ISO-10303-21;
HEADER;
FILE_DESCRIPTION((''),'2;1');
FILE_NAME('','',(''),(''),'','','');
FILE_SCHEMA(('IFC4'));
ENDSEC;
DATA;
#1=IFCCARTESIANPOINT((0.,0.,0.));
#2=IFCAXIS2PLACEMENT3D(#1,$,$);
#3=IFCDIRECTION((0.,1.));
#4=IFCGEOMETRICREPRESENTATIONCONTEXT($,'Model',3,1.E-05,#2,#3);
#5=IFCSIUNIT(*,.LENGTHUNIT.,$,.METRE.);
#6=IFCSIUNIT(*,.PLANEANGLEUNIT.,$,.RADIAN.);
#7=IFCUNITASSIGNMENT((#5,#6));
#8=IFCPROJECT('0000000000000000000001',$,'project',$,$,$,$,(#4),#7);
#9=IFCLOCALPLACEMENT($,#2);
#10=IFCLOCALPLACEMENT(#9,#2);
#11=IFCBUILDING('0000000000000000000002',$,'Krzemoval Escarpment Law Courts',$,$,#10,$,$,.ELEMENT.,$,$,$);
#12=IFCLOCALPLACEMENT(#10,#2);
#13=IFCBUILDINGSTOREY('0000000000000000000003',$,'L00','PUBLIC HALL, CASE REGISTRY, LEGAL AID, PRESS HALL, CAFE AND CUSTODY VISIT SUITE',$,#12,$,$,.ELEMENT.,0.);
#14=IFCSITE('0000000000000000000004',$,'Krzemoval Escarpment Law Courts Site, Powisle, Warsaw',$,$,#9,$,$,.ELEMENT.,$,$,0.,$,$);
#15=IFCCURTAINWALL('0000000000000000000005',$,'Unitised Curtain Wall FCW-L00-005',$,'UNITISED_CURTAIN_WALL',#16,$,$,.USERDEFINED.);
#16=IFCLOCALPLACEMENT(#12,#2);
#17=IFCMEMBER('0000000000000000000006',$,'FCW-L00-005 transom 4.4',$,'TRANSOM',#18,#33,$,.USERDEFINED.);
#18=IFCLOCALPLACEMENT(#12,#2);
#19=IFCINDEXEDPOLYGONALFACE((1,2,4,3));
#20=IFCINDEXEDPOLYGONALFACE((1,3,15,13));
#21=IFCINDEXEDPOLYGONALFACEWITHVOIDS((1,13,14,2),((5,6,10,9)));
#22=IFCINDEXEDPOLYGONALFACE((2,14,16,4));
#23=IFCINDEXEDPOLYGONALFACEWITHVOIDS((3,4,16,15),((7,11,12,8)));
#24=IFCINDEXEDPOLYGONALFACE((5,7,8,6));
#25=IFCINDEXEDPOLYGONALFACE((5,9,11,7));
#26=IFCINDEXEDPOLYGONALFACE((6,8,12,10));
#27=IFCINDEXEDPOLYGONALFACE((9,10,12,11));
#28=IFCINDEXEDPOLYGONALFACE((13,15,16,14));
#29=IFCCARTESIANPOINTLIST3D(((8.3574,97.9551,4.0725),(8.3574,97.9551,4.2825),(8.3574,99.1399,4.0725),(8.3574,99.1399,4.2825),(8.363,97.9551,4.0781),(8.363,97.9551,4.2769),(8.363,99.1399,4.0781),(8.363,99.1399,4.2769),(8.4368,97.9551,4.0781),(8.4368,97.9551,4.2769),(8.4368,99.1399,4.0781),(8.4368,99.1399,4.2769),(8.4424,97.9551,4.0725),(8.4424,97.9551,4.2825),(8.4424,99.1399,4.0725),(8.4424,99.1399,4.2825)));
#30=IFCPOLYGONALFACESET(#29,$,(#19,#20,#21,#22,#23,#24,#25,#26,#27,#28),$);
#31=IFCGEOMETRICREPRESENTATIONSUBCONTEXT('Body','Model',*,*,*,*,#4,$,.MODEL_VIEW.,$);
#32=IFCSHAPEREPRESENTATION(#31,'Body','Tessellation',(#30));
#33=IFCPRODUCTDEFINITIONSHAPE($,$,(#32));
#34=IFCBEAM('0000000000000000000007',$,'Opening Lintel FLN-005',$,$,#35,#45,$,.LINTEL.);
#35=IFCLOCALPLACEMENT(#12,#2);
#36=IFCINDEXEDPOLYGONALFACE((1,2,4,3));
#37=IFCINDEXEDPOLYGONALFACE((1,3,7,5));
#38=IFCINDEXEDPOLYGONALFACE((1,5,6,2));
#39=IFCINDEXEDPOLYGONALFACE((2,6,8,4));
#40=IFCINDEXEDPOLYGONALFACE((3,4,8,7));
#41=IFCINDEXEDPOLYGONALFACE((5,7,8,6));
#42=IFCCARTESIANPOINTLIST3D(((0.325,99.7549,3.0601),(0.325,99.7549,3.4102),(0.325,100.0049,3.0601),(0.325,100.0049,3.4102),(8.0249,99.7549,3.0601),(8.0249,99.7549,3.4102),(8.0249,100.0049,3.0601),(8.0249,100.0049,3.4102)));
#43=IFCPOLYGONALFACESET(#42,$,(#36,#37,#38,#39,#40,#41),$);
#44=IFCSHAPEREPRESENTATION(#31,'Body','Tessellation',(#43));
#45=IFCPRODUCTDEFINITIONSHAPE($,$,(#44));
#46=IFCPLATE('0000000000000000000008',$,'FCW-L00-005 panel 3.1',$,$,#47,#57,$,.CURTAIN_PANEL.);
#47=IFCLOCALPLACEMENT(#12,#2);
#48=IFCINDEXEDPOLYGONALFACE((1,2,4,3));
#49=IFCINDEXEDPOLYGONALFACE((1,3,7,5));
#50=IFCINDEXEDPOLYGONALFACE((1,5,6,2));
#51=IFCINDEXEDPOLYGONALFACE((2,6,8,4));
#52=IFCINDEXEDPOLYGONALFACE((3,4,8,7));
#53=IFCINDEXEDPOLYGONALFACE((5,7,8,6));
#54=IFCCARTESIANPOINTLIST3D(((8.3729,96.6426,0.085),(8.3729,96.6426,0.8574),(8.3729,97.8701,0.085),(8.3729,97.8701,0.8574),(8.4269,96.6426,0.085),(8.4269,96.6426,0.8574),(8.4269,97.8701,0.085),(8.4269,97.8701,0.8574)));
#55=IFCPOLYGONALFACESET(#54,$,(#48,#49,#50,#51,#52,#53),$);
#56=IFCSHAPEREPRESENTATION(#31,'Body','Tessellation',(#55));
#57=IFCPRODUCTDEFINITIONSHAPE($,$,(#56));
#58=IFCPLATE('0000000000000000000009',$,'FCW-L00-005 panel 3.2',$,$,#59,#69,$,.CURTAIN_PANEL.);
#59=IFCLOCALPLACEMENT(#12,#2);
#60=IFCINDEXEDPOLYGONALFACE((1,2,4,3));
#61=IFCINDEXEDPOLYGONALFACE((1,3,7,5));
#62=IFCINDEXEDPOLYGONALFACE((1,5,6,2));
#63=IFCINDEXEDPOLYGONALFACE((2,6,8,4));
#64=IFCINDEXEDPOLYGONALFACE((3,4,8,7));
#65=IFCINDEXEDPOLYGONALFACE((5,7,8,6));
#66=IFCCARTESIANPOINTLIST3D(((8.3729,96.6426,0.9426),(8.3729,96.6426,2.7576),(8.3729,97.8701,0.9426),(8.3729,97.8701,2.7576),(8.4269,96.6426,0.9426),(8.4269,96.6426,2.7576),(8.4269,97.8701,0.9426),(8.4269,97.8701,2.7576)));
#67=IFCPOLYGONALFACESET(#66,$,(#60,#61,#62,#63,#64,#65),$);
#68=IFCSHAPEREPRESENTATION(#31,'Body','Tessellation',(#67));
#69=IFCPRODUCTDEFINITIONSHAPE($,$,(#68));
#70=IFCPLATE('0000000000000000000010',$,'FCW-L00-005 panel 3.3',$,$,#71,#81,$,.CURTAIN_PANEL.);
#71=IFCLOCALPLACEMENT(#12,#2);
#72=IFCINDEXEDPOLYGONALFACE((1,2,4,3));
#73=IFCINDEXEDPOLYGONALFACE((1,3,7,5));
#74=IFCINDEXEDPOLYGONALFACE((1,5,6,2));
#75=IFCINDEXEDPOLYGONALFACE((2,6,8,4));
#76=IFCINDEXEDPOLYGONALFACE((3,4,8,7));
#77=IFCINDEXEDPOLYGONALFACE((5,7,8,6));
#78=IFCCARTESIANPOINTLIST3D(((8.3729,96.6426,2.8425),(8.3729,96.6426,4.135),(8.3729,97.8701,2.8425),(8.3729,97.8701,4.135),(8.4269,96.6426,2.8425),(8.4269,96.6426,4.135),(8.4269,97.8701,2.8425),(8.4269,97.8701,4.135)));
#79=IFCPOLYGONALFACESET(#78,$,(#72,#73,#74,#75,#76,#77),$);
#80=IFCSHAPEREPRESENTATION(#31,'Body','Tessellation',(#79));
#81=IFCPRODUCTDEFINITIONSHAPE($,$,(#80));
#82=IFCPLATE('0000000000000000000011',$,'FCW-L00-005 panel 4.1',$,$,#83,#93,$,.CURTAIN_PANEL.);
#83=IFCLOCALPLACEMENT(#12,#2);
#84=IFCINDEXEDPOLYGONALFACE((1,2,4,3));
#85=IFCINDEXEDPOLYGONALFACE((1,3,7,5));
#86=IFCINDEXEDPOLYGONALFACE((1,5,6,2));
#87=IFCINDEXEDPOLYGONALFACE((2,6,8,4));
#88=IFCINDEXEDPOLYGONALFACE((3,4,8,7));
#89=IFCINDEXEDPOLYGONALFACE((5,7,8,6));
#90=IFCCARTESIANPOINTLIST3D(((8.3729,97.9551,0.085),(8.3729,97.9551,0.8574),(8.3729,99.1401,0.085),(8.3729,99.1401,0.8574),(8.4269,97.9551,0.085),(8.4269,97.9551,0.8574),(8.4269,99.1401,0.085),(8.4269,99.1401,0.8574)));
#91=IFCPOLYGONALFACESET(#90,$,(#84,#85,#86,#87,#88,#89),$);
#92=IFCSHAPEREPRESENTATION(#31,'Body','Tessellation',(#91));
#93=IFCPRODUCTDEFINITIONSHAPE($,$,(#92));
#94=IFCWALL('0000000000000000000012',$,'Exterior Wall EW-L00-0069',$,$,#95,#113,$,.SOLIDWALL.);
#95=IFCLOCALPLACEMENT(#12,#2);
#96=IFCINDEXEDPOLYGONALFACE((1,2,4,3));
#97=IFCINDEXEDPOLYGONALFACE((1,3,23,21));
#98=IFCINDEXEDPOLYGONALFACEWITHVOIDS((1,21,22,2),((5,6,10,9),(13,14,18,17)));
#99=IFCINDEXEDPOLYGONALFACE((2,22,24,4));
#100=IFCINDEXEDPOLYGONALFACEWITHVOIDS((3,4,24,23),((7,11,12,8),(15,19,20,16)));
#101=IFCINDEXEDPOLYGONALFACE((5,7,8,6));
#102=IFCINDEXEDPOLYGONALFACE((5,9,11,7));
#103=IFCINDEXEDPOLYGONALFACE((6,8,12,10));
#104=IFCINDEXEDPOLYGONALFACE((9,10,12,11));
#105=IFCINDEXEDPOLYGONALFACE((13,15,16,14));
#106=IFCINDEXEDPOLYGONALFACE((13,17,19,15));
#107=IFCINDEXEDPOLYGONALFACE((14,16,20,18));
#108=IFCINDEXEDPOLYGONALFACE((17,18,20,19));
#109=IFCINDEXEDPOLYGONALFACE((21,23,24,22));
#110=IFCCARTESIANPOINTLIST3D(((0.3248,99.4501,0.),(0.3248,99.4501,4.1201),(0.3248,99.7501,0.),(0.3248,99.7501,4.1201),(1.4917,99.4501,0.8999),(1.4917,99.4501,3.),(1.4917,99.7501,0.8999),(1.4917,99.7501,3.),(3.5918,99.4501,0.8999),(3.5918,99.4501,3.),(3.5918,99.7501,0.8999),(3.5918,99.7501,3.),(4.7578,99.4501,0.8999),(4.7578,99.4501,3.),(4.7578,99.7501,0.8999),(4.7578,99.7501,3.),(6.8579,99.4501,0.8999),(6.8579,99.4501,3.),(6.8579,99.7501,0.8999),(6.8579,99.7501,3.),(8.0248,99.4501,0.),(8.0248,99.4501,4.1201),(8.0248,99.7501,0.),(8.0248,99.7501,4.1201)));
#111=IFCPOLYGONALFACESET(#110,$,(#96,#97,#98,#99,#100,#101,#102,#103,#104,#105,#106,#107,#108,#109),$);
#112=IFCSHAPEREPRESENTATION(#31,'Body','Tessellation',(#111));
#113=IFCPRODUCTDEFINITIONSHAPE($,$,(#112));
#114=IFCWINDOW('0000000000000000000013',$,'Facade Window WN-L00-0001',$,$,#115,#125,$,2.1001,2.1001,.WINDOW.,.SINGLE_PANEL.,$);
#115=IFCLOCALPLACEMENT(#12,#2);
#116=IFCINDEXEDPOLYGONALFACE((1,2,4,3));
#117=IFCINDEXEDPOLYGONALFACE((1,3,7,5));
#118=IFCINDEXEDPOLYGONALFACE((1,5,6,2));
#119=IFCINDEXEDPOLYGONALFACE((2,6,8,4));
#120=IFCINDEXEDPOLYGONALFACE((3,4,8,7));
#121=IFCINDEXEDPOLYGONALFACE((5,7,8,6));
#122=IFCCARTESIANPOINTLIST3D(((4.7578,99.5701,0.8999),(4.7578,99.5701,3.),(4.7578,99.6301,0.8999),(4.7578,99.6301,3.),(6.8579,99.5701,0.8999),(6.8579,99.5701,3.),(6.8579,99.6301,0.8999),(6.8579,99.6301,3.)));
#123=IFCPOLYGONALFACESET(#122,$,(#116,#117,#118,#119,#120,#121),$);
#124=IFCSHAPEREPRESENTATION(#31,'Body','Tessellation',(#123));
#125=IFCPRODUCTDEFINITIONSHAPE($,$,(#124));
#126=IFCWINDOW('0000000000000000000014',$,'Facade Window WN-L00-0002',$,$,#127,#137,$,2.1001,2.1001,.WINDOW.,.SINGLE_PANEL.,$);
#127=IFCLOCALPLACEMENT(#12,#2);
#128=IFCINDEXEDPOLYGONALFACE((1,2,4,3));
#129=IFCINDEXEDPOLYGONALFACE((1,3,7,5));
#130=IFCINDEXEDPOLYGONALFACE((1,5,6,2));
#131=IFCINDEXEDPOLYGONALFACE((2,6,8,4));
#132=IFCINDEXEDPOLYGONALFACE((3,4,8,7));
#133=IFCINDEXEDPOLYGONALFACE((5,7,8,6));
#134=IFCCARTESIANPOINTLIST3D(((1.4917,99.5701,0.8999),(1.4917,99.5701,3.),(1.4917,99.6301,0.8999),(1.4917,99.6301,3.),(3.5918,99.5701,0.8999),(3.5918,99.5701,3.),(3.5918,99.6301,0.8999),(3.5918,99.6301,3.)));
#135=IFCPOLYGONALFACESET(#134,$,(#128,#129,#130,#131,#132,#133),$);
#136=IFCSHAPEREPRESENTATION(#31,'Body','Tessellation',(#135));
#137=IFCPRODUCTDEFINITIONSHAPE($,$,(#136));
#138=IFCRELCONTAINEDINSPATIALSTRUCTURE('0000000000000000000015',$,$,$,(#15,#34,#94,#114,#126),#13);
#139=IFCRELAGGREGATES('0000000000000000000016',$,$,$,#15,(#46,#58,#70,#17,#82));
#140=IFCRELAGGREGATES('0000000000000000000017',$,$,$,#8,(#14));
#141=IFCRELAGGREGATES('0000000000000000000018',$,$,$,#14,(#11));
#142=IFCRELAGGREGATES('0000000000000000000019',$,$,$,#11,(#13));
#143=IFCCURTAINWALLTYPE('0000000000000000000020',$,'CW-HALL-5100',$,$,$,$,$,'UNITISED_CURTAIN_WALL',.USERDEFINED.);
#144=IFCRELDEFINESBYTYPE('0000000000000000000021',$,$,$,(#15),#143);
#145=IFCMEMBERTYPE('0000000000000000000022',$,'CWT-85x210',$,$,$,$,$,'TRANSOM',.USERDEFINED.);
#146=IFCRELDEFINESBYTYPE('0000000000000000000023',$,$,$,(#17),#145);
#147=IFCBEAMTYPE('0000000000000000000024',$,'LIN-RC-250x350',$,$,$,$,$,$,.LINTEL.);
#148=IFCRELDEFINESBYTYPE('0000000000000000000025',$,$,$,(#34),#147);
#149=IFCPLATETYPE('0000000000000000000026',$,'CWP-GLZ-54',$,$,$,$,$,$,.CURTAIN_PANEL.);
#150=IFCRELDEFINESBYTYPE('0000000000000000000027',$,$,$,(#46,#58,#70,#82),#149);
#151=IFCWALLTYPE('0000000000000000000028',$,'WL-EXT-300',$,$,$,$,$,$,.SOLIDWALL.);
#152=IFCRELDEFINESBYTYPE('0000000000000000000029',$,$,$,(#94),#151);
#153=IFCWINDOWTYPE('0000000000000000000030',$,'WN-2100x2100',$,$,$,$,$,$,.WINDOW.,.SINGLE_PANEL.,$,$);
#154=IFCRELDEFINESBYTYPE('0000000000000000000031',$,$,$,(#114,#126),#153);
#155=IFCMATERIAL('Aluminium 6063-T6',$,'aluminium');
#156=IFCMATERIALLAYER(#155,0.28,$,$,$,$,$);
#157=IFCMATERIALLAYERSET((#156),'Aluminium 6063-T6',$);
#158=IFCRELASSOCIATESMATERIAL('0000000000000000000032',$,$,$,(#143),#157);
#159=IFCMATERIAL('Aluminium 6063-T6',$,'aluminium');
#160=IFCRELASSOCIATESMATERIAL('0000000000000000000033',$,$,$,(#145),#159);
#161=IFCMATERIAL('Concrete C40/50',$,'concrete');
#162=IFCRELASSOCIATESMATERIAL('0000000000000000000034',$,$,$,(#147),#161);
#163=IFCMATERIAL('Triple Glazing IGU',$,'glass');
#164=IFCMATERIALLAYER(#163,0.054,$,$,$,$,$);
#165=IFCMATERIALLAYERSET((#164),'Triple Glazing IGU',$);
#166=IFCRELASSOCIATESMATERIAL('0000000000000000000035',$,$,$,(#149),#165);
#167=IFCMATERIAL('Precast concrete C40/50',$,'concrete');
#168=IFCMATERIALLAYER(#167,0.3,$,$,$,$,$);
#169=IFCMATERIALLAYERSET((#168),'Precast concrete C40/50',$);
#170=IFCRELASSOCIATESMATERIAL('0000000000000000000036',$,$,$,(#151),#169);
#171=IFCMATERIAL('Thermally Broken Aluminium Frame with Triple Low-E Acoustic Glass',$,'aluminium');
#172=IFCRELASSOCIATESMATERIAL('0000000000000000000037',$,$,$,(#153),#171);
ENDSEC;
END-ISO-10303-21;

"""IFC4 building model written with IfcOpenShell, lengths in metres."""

from ifc_helpers import new_model, si_unit, direction, frame, frame_2d, origin, origin_2d, place, context, subcontext, project, spatial, rectangle, hollow_rectangle, extrude, material, layer, layer_set, material_profile, profile_set, type_object, element, fill, aggregate, save


model = new_model("IFC4")

# Units and contexts
model_context = context("Model", 3, precision=1e-05, world=origin(), true_north=direction((0.0, 1.0)))
body_context = subcontext(model_context, "Body", "Model", "MODEL_VIEW")
ifc_project = project(units=[si_unit("LENGTHUNIT", "METRE"), si_unit("PLANEANGLEUNIT", "RADIAN")], contexts=[model_context])

# Site, building, storey
site_placement = place(None, origin())
site = spatial("IfcSite", under=ifc_project, at=site_placement, Name="Krzemoval Escarpment Law Courts Site, Powisle, Warsaw", CompositionType="ELEMENT", RefElevation=0.0)
building_placement = place(site_placement, origin())
building = spatial("IfcBuilding", under=site, at=building_placement, Name="Krzemoval Escarpment Law Courts", CompositionType="ELEMENT")
storey_placement = place(building_placement, origin())
storey = spatial("IfcBuildingStorey", under=building, at=storey_placement, Name="L00", Description="PUBLIC HALL, CASE REGISTRY, LEGAL AID, PRESS HALL, CAFE AND CUSTODY VISIT SUITE", CompositionType="ELEMENT", Elevation=0.0)

# Curtain wall, member
ifc_material_1 = material(Name="Aluminium 6063-T6", Category="aluminium")
ifc_layer_1 = layer(ifc_material_1, 0.28)
ifc_layer_set_1 = layer_set([ifc_layer_1], Name="Aluminium 6063-T6")
curtain_wall_type = type_object("IfcCurtainWallType", Name="CW-HALL-5100", ElementType="UNITISED_CURTAIN_WALL", PredefinedType="USERDEFINED", material=ifc_layer_set_1)
curtain_wall_placement = place(storey_placement, origin())
curtain_wall = element("IfcCurtainWall", 1, at=curtain_wall_placement, inside=storey, type_object=curtain_wall_type, Name="Unitised Curtain Wall FCW-L00-005", ObjectType="UNITISED_CURTAIN_WALL", PredefinedType="USERDEFINED")
ifc_material_2 = material(Name="Aluminium 6063-T6", Category="aluminium")
ifc_material_profile_1 = material_profile(ifc_material_2, hollow_rectangle(XDim=0.085, YDim=0.21, WallThickness=0.0056, at=origin_2d()), Name="ALU T85x210")
ifc_profile_set_1 = profile_set([ifc_material_profile_1], Name="Aluminium 6063-T6")
member_type_1 = type_object("IfcMemberType", Name="CWT-85x210", ElementType="TRANSOM", PredefinedType="USERDEFINED", material=ifc_profile_set_1)
member_1_placement = place(storey_placement, frame((8.3999, 97.9551, 4.1775), z_axis=(0.0, 1.0, 0.0), x_axis=(-1.0, 0.0, 0.0)))
member_1 = element("IfcMember", 2, at=member_1_placement, type_object=member_type_1, Name="FCW-L00-005 transom 4.4", ObjectType="TRANSOM", PredefinedType="USERDEFINED", context=body_context, shape_type="SweptSolid", body=[
    extrude(hollow_rectangle(XDim=0.085, YDim=0.21, WallThickness=0.0056, at=origin_2d()), origin(), (0.0, 0.0, 1.0), 1.1848),
])

# Beam
ifc_material_3 = material(Name="Concrete C40/50", Category="concrete")
ifc_material_profile_2 = material_profile(ifc_material_3, rectangle(XDim=0.25, YDim=0.3501, at=origin_2d()), Name="LIN 250x350")
ifc_profile_set_2 = profile_set([ifc_material_profile_2], Name="Concrete C40/50")
beam_type_1 = type_object("IfcBeamType", Name="LIN-RC-250x350", PredefinedType="LINTEL", material=ifc_profile_set_2)
beam_1_placement = place(storey_placement, frame((8.0249, 99.8799, 3.2351), z_axis=(-1.0, 0.0, 0.0), x_axis=(0.0, -1.0, 0.0)))
element("IfcBeam", 3, at=beam_1_placement, inside=storey, type_object=beam_type_1, Name="Opening Lintel FLN-005", PredefinedType="LINTEL", context=body_context, shape_type="SweptSolid", body=[
    extrude(rectangle(XDim=0.25, YDim=0.3501, at=origin_2d()), origin(), (0.0, 0.0, 1.0), 7.7),
])

# Plates
ifc_material_4 = material(Name="Triple Glazing IGU", Category="glass")
ifc_layer_2 = layer(ifc_material_4, 0.054)
ifc_layer_set_2 = layer_set([ifc_layer_2], Name="Triple Glazing IGU")
plate_type = type_object("IfcPlateType", Name="CWP-GLZ-54", PredefinedType="CURTAIN_PANEL", material=ifc_layer_set_2)
plate_1_placement = place(storey_placement, frame((8.3999, 97.2563, 0.085), z_axis=(0.0, 0.0, 1.0), x_axis=(0.0, 1.0, 0.0)))
plate_1 = element("IfcPlate", 4, at=plate_1_placement, type_object=plate_type, Name="FCW-L00-005 panel 3.1", PredefinedType="CURTAIN_PANEL", context=body_context, shape_type="SweptSolid", body=[
    extrude(rectangle(XDim=1.2275, YDim=0.054, at=origin_2d()), origin(), (0.0, 0.0, 1.0), 0.7725),
])
plate_2_placement = place(storey_placement, frame((8.3999, 97.2563, 0.9426), z_axis=(0.0, 0.0, 1.0), x_axis=(0.0, 1.0, 0.0)))
plate_2 = element("IfcPlate", 5, at=plate_2_placement, type_object=plate_type, Name="FCW-L00-005 panel 3.2", PredefinedType="CURTAIN_PANEL", context=body_context, shape_type="SweptSolid", body=[
    extrude(rectangle(XDim=1.2275, YDim=0.054, at=origin_2d()), origin(), (0.0, 0.0, 1.0), 1.8149),
])
plate_3_placement = place(storey_placement, frame((8.3999, 97.2563, 2.8425), z_axis=(0.0, 0.0, 1.0), x_axis=(0.0, 1.0, 0.0)))
plate_3 = element("IfcPlate", 6, at=plate_3_placement, type_object=plate_type, Name="FCW-L00-005 panel 3.3", PredefinedType="CURTAIN_PANEL", context=body_context, shape_type="SweptSolid", body=[
    extrude(rectangle(XDim=1.2275, YDim=0.054, at=origin_2d()), origin(), (0.0, 0.0, 1.0), 1.2925),
])
plate_4_placement = place(storey_placement, frame((8.3999, 98.5476, 0.085), z_axis=(0.0, 0.0, 1.0), x_axis=(0.0, 1.0, 0.0)))
plate_4 = element("IfcPlate", 7, at=plate_4_placement, type_object=plate_type, Name="FCW-L00-005 panel 4.1", PredefinedType="CURTAIN_PANEL", context=body_context, shape_type="SweptSolid", body=[
    extrude(rectangle(XDim=1.1851, YDim=0.054, at=origin_2d()), origin(), (0.0, 0.0, 1.0), 0.7725),
])
aggregate(curtain_wall, [plate_1, plate_2, plate_3, member_1, plate_4])

# Wall, openings, windows
ifc_material_5 = material(Name="Precast concrete C40/50", Category="concrete")
ifc_layer_3 = layer(ifc_material_5, 0.3)
ifc_layer_set_3 = layer_set([ifc_layer_3], Name="Precast concrete C40/50")
wall_type = type_object("IfcWallType", Name="WL-EXT-300", PredefinedType="SOLIDWALL", material=ifc_layer_set_3)
wall_placement = place(storey_placement, frame((8.0249, 99.6001, 0.0), z_axis=(0.0, 0.0, 1.0), x_axis=(-1.0, 0.0, 0.0)))
wall = element("IfcWall", 8, at=wall_placement, inside=storey, type_object=wall_type, Name="Exterior Wall EW-L00-0069", PredefinedType="SOLIDWALL", context=body_context, shape_type="SweptSolid", body=[
    extrude(rectangle(XDim=7.7, YDim=0.3, at=frame_2d((3.8501, 0.0))), origin(), (0.0, 0.0, 1.0), 4.1201),
])
opening_1_placement = place(wall_placement, frame((1.167, 0.0, 0.8999)))
opening_1 = element("IfcOpeningElement", 9, at=opening_1_placement, cuts=wall, PredefinedType="OPENING", context=body_context, shape_type="SweptSolid", body=[
    extrude(rectangle(XDim=2.1001, YDim=2.1001, at=frame_2d((1.05, 1.05))), frame((0.0, 0.165, 0.0), z_axis=(0.0, -1.0, 0.0), x_axis=(1.0, 0.0, 0.0)), (0.0, 0.0, 1.0), 0.3301),
])
opening_2_placement = place(wall_placement, frame((4.4331, 0.0, 0.8999)))
opening_2 = element("IfcOpeningElement", 10, at=opening_2_placement, cuts=wall, PredefinedType="OPENING", context=body_context, shape_type="SweptSolid", body=[
    extrude(rectangle(XDim=2.1001, YDim=2.1001, at=frame_2d((1.05, 1.05))), frame((0.0, 0.165, 0.0), z_axis=(0.0, -1.0, 0.0), x_axis=(1.0, 0.0, 0.0)), (0.0, 0.0, 1.0), 0.3301),
])
ifc_material_6 = material(Name="Thermally Broken Aluminium Frame with Triple Low-E Acoustic Glass", Category="aluminium")
window_type = type_object("IfcWindowType", Name="WN-2100x2100", PartitioningType="SINGLE_PANEL", PredefinedType="WINDOW", material=ifc_material_6)
window_1_placement = place(opening_1_placement, origin())
window_1 = element("IfcWindow", 11, at=window_1_placement, inside=storey, type_object=window_type, Name="Facade Window WN-L00-0001", OverallHeight=2.1001, OverallWidth=2.1001, PartitioningType="SINGLE_PANEL", PredefinedType="WINDOW", context=body_context, shape_type="SweptSolid", body=[
    extrude(rectangle(XDim=2.1001, YDim=2.1001, at=frame_2d((1.05, 1.05))), frame((0.0, 0.03, 0.0), z_axis=(0.0, -1.0, 0.0), x_axis=(1.0, 0.0, 0.0)), (0.0, 0.0, 1.0), 0.0601),
])
fill(opening_1, window_1)
window_2_placement = place(opening_2_placement, origin())
window_2 = element("IfcWindow", 12, at=window_2_placement, inside=storey, type_object=window_type, Name="Facade Window WN-L00-0002", OverallHeight=2.1001, OverallWidth=2.1001, PartitioningType="SINGLE_PANEL", PredefinedType="WINDOW", context=body_context, shape_type="SweptSolid", body=[
    extrude(rectangle(XDim=2.1001, YDim=2.1001, at=frame_2d((1.05, 1.05))), frame((0.0, 0.03, 0.0), z_axis=(0.0, -1.0, 0.0), x_axis=(1.0, 0.0, 0.0)), (0.0, 0.0, 1.0), 0.0601),
])
fill(opening_2, window_2)

save(model, "model.ifc")
